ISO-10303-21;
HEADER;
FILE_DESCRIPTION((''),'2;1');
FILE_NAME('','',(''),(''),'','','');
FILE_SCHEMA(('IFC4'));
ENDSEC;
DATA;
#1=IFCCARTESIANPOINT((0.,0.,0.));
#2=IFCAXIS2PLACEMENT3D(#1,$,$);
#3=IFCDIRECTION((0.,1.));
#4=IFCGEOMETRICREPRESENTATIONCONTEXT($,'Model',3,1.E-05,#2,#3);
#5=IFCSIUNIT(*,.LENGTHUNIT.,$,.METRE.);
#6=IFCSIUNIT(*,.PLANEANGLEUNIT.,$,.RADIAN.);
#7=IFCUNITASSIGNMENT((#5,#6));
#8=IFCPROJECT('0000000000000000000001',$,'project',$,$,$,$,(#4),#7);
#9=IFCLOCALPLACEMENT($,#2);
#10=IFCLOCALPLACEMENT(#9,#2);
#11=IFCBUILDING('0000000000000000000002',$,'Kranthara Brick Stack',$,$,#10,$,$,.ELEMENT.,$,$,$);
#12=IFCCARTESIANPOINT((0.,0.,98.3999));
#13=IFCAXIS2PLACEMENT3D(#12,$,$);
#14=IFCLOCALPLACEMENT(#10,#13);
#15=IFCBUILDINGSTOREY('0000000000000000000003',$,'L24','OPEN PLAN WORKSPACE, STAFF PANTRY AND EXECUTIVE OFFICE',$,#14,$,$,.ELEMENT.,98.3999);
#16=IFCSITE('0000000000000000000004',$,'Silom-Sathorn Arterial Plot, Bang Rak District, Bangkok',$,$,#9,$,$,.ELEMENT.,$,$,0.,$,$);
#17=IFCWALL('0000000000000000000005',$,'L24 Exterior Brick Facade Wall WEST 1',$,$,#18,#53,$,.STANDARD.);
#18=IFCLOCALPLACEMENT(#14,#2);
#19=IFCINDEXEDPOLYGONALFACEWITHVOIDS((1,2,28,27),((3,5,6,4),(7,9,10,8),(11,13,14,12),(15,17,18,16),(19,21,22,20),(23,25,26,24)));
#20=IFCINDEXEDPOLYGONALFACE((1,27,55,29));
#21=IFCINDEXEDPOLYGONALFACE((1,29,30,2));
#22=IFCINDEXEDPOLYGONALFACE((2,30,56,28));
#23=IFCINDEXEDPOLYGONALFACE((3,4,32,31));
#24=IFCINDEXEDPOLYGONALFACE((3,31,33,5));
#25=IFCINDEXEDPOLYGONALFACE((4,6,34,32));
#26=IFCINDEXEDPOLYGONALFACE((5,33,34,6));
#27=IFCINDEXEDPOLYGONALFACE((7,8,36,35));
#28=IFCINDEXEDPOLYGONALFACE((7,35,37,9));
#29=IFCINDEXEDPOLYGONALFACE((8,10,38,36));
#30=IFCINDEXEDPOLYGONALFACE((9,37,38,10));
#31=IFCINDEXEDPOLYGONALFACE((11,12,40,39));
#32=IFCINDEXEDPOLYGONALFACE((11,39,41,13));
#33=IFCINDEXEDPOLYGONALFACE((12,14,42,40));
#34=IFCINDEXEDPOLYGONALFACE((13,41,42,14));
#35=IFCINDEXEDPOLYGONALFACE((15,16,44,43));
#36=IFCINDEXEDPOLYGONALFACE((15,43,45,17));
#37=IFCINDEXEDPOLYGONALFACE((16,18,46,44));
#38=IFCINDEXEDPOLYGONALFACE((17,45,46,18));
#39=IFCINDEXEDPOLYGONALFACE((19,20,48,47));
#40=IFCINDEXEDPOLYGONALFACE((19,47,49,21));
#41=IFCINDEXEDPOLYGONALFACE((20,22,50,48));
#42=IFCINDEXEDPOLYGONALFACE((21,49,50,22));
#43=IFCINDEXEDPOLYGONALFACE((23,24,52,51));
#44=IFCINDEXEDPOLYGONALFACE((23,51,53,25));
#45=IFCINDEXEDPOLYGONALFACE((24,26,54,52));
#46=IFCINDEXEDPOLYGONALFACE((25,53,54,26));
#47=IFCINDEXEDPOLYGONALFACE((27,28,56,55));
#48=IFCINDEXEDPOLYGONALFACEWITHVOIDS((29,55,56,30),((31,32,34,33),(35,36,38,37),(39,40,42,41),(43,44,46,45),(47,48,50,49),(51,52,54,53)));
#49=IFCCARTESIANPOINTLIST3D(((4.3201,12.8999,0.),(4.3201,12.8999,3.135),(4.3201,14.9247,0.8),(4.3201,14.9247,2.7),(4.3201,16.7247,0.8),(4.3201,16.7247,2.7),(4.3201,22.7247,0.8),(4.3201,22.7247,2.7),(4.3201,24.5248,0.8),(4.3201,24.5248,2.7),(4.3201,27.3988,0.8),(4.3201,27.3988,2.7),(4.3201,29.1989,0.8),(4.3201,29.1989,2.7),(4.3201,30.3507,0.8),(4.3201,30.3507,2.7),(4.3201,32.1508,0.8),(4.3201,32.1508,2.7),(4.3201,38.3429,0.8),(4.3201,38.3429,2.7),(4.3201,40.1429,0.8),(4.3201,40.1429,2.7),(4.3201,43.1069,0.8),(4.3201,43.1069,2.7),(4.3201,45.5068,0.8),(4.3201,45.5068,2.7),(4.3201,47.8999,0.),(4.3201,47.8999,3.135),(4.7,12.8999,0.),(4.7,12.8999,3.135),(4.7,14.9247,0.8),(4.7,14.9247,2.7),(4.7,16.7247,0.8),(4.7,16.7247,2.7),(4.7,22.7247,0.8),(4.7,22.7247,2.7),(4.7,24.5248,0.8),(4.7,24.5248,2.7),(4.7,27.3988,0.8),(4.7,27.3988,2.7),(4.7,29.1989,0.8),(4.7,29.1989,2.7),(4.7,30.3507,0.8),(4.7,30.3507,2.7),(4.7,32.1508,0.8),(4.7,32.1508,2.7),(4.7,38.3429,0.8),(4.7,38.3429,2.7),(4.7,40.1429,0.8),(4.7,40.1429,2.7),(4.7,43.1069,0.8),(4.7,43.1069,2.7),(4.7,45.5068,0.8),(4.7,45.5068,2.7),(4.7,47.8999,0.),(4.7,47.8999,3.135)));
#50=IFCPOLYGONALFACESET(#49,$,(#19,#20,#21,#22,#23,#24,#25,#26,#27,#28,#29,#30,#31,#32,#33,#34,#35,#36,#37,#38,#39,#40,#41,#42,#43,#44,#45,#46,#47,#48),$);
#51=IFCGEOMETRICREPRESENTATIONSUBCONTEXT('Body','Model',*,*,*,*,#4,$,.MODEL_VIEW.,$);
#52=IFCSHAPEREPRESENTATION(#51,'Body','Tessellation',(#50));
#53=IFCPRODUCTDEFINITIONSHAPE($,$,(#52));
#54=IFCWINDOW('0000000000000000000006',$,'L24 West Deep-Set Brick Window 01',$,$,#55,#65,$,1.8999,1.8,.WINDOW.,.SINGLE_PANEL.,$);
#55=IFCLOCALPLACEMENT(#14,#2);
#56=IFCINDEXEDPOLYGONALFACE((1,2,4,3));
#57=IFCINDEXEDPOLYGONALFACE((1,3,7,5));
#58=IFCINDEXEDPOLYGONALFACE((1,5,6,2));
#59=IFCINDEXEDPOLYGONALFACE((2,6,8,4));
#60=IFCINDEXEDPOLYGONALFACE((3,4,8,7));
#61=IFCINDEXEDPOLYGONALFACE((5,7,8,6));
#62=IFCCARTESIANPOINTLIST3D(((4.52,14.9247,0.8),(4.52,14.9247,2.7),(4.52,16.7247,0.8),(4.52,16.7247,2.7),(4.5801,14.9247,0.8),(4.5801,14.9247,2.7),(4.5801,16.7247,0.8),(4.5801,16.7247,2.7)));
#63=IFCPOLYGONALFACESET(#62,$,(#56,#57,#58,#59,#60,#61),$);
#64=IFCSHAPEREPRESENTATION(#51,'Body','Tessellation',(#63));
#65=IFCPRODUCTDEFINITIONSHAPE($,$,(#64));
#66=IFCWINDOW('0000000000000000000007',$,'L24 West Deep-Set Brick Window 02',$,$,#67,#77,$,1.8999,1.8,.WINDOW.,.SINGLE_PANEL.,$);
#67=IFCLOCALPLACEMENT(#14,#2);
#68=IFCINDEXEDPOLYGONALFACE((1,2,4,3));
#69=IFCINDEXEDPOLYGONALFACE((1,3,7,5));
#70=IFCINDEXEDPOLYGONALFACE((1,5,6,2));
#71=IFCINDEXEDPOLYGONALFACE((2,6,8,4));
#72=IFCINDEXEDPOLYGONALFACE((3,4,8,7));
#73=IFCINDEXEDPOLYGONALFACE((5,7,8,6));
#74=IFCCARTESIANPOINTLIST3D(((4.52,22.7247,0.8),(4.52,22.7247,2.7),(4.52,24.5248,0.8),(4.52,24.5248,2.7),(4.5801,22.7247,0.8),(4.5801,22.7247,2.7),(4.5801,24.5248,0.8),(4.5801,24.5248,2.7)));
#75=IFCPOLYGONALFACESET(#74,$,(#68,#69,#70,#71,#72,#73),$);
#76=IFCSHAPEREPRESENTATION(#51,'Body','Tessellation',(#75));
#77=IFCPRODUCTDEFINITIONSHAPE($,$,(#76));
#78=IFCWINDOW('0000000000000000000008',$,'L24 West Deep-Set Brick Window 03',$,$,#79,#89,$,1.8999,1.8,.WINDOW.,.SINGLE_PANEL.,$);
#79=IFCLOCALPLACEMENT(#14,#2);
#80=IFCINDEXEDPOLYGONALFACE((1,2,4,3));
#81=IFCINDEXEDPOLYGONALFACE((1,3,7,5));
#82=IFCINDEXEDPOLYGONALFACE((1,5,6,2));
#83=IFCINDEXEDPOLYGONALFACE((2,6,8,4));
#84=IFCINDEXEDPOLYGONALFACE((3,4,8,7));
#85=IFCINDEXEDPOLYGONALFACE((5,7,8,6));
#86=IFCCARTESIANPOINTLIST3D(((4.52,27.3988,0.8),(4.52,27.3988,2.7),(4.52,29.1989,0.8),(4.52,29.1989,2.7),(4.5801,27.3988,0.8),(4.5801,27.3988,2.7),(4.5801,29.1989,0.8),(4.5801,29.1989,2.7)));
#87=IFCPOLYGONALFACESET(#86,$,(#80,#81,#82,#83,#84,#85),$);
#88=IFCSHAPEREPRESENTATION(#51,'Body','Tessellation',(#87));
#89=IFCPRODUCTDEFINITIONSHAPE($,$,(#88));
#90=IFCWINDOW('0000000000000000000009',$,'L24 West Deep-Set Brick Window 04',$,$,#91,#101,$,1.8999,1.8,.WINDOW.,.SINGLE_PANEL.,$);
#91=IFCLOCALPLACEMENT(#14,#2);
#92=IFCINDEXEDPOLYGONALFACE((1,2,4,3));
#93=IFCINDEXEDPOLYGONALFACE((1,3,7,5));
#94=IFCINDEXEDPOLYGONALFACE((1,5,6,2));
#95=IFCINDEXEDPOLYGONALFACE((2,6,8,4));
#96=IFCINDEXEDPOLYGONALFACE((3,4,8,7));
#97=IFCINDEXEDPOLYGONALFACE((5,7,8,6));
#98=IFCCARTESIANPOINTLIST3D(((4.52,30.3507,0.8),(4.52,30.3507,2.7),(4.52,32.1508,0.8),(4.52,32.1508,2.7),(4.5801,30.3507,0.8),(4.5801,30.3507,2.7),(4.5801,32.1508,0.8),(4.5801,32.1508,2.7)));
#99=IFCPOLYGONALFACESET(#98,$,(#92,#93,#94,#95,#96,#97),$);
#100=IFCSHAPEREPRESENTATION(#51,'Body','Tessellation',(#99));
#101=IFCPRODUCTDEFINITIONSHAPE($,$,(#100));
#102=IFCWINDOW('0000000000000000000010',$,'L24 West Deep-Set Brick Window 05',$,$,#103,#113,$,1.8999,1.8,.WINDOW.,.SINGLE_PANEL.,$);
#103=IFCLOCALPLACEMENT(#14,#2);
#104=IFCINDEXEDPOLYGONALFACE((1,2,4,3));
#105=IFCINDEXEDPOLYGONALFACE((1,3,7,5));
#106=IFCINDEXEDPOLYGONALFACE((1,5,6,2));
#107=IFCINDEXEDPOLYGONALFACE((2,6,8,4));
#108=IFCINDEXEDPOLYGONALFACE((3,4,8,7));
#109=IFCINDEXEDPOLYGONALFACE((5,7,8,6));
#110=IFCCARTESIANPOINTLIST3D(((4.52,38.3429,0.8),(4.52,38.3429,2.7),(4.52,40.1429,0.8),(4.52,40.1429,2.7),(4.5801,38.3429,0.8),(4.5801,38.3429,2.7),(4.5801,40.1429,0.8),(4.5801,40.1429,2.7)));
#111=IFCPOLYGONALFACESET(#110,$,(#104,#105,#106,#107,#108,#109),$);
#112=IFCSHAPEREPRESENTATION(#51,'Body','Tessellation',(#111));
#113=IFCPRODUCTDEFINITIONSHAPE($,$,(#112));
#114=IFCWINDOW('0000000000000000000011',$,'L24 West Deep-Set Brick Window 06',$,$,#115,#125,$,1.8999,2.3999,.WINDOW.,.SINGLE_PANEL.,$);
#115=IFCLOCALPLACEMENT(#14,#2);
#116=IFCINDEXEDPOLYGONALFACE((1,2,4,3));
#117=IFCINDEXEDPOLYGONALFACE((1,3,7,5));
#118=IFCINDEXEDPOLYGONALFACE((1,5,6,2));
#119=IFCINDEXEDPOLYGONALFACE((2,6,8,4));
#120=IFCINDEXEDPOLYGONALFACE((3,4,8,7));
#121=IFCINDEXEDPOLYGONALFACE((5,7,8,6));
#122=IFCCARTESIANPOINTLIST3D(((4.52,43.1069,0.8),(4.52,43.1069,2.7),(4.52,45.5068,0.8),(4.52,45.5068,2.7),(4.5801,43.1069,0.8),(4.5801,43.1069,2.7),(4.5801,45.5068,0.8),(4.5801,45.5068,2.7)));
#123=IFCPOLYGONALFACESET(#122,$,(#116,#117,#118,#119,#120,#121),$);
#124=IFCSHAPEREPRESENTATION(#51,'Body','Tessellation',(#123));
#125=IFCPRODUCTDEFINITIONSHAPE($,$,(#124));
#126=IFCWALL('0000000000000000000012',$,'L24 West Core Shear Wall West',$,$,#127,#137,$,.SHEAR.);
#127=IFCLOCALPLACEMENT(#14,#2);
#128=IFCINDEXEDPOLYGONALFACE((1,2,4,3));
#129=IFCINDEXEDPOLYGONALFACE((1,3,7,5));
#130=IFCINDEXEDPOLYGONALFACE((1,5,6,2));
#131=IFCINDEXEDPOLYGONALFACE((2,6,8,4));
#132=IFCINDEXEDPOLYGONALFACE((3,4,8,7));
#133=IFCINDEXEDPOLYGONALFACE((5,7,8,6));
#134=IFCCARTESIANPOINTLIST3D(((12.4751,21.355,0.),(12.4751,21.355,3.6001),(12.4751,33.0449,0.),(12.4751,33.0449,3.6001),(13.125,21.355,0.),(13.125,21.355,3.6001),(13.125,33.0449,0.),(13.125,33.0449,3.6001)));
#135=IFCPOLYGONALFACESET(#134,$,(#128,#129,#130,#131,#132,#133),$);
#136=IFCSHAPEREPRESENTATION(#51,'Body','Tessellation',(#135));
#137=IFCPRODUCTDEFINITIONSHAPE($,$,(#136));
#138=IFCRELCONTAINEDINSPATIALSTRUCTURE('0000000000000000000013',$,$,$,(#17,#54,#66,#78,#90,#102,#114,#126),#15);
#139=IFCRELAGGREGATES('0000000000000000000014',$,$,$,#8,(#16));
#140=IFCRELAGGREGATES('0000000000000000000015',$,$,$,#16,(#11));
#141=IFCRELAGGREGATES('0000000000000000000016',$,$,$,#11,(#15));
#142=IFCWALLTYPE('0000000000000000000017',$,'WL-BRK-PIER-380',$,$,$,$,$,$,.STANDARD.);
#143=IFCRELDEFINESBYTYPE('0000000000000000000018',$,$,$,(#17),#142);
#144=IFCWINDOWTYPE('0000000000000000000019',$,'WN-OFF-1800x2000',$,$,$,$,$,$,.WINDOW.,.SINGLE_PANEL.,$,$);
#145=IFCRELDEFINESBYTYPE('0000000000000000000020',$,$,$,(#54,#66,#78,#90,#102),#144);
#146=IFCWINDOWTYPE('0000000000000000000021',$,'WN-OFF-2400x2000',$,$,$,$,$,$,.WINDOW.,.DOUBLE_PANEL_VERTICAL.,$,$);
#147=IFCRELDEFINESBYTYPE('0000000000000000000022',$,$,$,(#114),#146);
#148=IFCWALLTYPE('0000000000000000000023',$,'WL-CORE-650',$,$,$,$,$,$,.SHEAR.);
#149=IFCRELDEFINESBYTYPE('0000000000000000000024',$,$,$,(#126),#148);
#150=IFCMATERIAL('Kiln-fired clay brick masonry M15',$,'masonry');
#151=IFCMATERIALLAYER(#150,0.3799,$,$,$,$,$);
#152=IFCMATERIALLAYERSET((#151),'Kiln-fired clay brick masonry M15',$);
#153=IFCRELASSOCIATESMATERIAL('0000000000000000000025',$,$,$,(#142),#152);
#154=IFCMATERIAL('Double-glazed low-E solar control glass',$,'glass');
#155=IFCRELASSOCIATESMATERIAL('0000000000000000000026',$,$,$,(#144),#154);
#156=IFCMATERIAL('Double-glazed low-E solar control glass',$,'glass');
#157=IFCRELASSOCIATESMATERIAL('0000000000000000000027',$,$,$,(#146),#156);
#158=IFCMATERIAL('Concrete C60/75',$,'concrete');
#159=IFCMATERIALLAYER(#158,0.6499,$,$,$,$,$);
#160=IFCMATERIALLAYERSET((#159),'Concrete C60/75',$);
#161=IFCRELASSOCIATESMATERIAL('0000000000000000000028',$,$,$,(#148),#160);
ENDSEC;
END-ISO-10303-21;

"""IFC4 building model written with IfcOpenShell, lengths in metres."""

from ifc_helpers import new_model, si_unit, direction, frame, frame_2d, origin, place, context, subcontext, project, spatial, rectangle, extrude, material, layer, layer_set, type_object, element, fill, save


model = new_model("IFC4")

# Units and contexts
model_context = context("Model", 3, precision=1e-05, world=origin(), true_north=direction((0.0, 1.0)))
body_context = subcontext(model_context, "Body", "Model", "MODEL_VIEW")
ifc_project = project(units=[si_unit("LENGTHUNIT", "METRE"), si_unit("PLANEANGLEUNIT", "RADIAN")], contexts=[model_context])

# Site, building, storey
site_placement = place(None, origin())
site = spatial("IfcSite", under=ifc_project, at=site_placement, Name="Silom-Sathorn Arterial Plot, Bang Rak District, Bangkok", CompositionType="ELEMENT", RefElevation=0.0)
building_placement = place(site_placement, origin())
building = spatial("IfcBuilding", under=site, at=building_placement, Name="Kranthara Brick Stack", CompositionType="ELEMENT")
storey_placement = place(building_placement, frame((0.0, 0.0, 98.3999)))
storey = spatial("IfcBuildingStorey", under=building, at=storey_placement, Name="L24", Description="OPEN PLAN WORKSPACE, STAFF PANTRY AND EXECUTIVE OFFICE", CompositionType="ELEMENT", Elevation=98.3999)

# Wall, openings, windows
ifc_material_1 = material(Name="Kiln-fired clay brick masonry M15", Category="masonry")
ifc_layer_1 = layer(ifc_material_1, 0.3799)
ifc_layer_set_1 = layer_set([ifc_layer_1], Name="Kiln-fired clay brick masonry M15")
wall_type_1 = type_object("IfcWallType", Name="WL-BRK-PIER-380", PredefinedType="STANDARD", material=ifc_layer_set_1)
wall_1_placement = place(storey_placement, frame((4.51, 12.8999, 0.0), z_axis=(0.0, 0.0, 1.0), x_axis=(0.0, 1.0, 0.0)))
wall_1 = element("IfcWall", 1, at=wall_1_placement, inside=storey, type_object=wall_type_1, Name="L24 Exterior Brick Facade Wall WEST 1", PredefinedType="STANDARD", context=body_context, shape_type="SweptSolid", body=[
    extrude(rectangle(XDim=35.0, YDim=0.3799, at=frame_2d((17.5, 0.0))), origin(), (0.0, 0.0, 1.0), 3.135),
])
opening_1_placement = place(wall_1_placement, frame((2.0249, 0.0, 0.8)))
opening_1 = element("IfcOpeningElement", 2, at=opening_1_placement, cuts=wall_1, PredefinedType="OPENING", context=body_context, shape_type="SweptSolid", body=[
    extrude(rectangle(XDim=1.8, YDim=1.8999, at=frame_2d((0.8999, 0.95))), frame((0.0, 0.2, 0.0), z_axis=(0.0, -1.0, 0.0), x_axis=(1.0, 0.0, 0.0)), (0.0, 0.0, 1.0), 0.3999),
])
opening_2_placement = place(wall_1_placement, frame((9.825, 0.0, 0.8)))
opening_2 = element("IfcOpeningElement", 3, at=opening_2_placement, cuts=wall_1, PredefinedType="OPENING", context=body_context, shape_type="SweptSolid", body=[
    extrude(rectangle(XDim=1.8, YDim=1.8999, at=frame_2d((0.8999, 0.95))), frame((0.0, 0.2, 0.0), z_axis=(0.0, -1.0, 0.0), x_axis=(1.0, 0.0, 0.0)), (0.0, 0.0, 1.0), 0.3999),
])
opening_3_placement = place(wall_1_placement, frame((14.499, 0.0, 0.8)))
opening_3 = element("IfcOpeningElement", 4, at=opening_3_placement, cuts=wall_1, PredefinedType="OPENING", context=body_context, shape_type="SweptSolid", body=[
    extrude(rectangle(XDim=1.8, YDim=1.8999, at=frame_2d((0.8999, 0.95))), frame((0.0, 0.2, 0.0), z_axis=(0.0, -1.0, 0.0), x_axis=(1.0, 0.0, 0.0)), (0.0, 0.0, 1.0), 0.3999),
])
opening_4_placement = place(wall_1_placement, frame((17.4509, 0.0, 0.8)))
opening_4 = element("IfcOpeningElement", 5, at=opening_4_placement, cuts=wall_1, PredefinedType="OPENING", context=body_context, shape_type="SweptSolid", body=[
    extrude(rectangle(XDim=1.8, YDim=1.8999, at=frame_2d((0.8999, 0.95))), frame((0.0, 0.2, 0.0), z_axis=(0.0, -1.0, 0.0), x_axis=(1.0, 0.0, 0.0)), (0.0, 0.0, 1.0), 0.3999),
])
opening_5_placement = place(wall_1_placement, frame((25.4431, 0.0, 0.8)))
opening_5 = element("IfcOpeningElement", 6, at=opening_5_placement, cuts=wall_1, PredefinedType="OPENING", context=body_context, shape_type="SweptSolid", body=[
    extrude(rectangle(XDim=1.8, YDim=1.8999, at=frame_2d((0.8999, 0.95))), frame((0.0, 0.2, 0.0), z_axis=(0.0, -1.0, 0.0), x_axis=(1.0, 0.0, 0.0)), (0.0, 0.0, 1.0), 0.3999),
])
opening_6_placement = place(wall_1_placement, frame((30.207, 0.0, 0.8)))
opening_6 = element("IfcOpeningElement", 7, at=opening_6_placement, cuts=wall_1, PredefinedType="OPENING", context=body_context, shape_type="SweptSolid", body=[
    extrude(rectangle(XDim=2.3999, YDim=1.8999, at=frame_2d((1.2, 0.95))), frame((0.0, 0.2, 0.0), z_axis=(0.0, -1.0, 0.0), x_axis=(1.0, 0.0, 0.0)), (0.0, 0.0, 1.0), 0.3999),
])
ifc_material_2 = material(Name="Double-glazed low-E solar control glass", Category="glass")
window_type_1 = type_object("IfcWindowType", Name="WN-OFF-1800x2000", PartitioningType="SINGLE_PANEL", PredefinedType="WINDOW", material=ifc_material_2)
window_1_placement = place(opening_1_placement, origin())
window_1 = element("IfcWindow", 8, at=window_1_placement, inside=storey, type_object=window_type_1, Name="L24 West Deep-Set Brick Window 01", OverallHeight=1.8999, OverallWidth=1.8, PartitioningType="SINGLE_PANEL", PredefinedType="WINDOW", context=body_context, shape_type="SweptSolid", body=[
    extrude(rectangle(XDim=1.8, YDim=1.8999, at=frame_2d((0.8999, 0.95))), frame((0.0, -0.01, 0.0), z_axis=(0.0, -1.0, 0.0), x_axis=(1.0, 0.0, 0.0)), (0.0, 0.0, 1.0), 0.0601),
])
fill(opening_1, window_1)
window_2_placement = place(opening_2_placement, origin())
window_2 = element("IfcWindow", 9, at=window_2_placement, inside=storey, type_object=window_type_1, Name="L24 West Deep-Set Brick Window 02", OverallHeight=1.8999, OverallWidth=1.8, PartitioningType="SINGLE_PANEL", PredefinedType="WINDOW", context=body_context, shape_type="SweptSolid", body=[
    extrude(rectangle(XDim=1.8, YDim=1.8999, at=frame_2d((0.8999, 0.95))), frame((0.0, -0.01, 0.0), z_axis=(0.0, -1.0, 0.0), x_axis=(1.0, 0.0, 0.0)), (0.0, 0.0, 1.0), 0.0601),
])
fill(opening_2, window_2)
window_3_placement = place(opening_3_placement, origin())
window_3 = element("IfcWindow", 10, at=window_3_placement, inside=storey, type_object=window_type_1, Name="L24 West Deep-Set Brick Window 03", OverallHeight=1.8999, OverallWidth=1.8, PartitioningType="SINGLE_PANEL", PredefinedType="WINDOW", context=body_context, shape_type="SweptSolid", body=[
    extrude(rectangle(XDim=1.8, YDim=1.8999, at=frame_2d((0.8999, 0.95))), frame((0.0, -0.01, 0.0), z_axis=(0.0, -1.0, 0.0), x_axis=(1.0, 0.0, 0.0)), (0.0, 0.0, 1.0), 0.0601),
])
fill(opening_3, window_3)
window_4_placement = place(opening_4_placement, origin())
window_4 = element("IfcWindow", 11, at=window_4_placement, inside=storey, type_object=window_type_1, Name="L24 West Deep-Set Brick Window 04", OverallHeight=1.8999, OverallWidth=1.8, PartitioningType="SINGLE_PANEL", PredefinedType="WINDOW", context=body_context, shape_type="SweptSolid", body=[
    extrude(rectangle(XDim=1.8, YDim=1.8999, at=frame_2d((0.8999, 0.95))), frame((0.0, -0.01, 0.0), z_axis=(0.0, -1.0, 0.0), x_axis=(1.0, 0.0, 0.0)), (0.0, 0.0, 1.0), 0.0601),
])
fill(opening_4, window_4)
window_5_placement = place(opening_5_placement, origin())
window_5 = element("IfcWindow", 12, at=window_5_placement, inside=storey, type_object=window_type_1, Name="L24 West Deep-Set Brick Window 05", OverallHeight=1.8999, OverallWidth=1.8, PartitioningType="SINGLE_PANEL", PredefinedType="WINDOW", context=body_context, shape_type="SweptSolid", body=[
    extrude(rectangle(XDim=1.8, YDim=1.8999, at=frame_2d((0.8999, 0.95))), frame((0.0, -0.01, 0.0), z_axis=(0.0, -1.0, 0.0), x_axis=(1.0, 0.0, 0.0)), (0.0, 0.0, 1.0), 0.0601),
])
fill(opening_5, window_5)
ifc_material_3 = material(Name="Double-glazed low-E solar control glass", Category="glass")
window_type_2 = type_object("IfcWindowType", Name="WN-OFF-2400x2000", PartitioningType="DOUBLE_PANEL_VERTICAL", PredefinedType="WINDOW", material=ifc_material_3)
window_6_placement = place(opening_6_placement, origin())
window_6 = element("IfcWindow", 13, at=window_6_placement, inside=storey, type_object=window_type_2, Name="L24 West Deep-Set Brick Window 06", OverallHeight=1.8999, OverallWidth=2.3999, PartitioningType="SINGLE_PANEL", PredefinedType="WINDOW", context=body_context, shape_type="SweptSolid", body=[
    extrude(rectangle(XDim=2.3999, YDim=1.8999, at=frame_2d((1.2, 0.95))), frame((0.0, -0.01, 0.0), z_axis=(0.0, -1.0, 0.0), x_axis=(1.0, 0.0, 0.0)), (0.0, 0.0, 1.0), 0.0601),
])
fill(opening_6, window_6)

# Wall
ifc_material_4 = material(Name="Concrete C60/75", Category="concrete")
ifc_layer_2 = layer(ifc_material_4, 0.6499)
ifc_layer_set_2 = layer_set([ifc_layer_2], Name="Concrete C60/75")
wall_type_2 = type_object("IfcWallType", Name="WL-CORE-650", PredefinedType="SHEAR", material=ifc_layer_set_2)
wall_2_placement = place(storey_placement, frame((12.8, 21.355, 0.0), z_axis=(0.0, 0.0, 1.0), x_axis=(0.0, 1.0, 0.0)))
element("IfcWall", 14, at=wall_2_placement, inside=storey, type_object=wall_type_2, Name="L24 West Core Shear Wall West", PredefinedType="SHEAR", context=body_context, shape_type="SweptSolid", body=[
    extrude(rectangle(XDim=11.6899, YDim=0.6499, at=frame_2d((5.845, 0.0))), origin(), (0.0, 0.0, 1.0), 3.6001),
])

save(model, "model.ifc")
